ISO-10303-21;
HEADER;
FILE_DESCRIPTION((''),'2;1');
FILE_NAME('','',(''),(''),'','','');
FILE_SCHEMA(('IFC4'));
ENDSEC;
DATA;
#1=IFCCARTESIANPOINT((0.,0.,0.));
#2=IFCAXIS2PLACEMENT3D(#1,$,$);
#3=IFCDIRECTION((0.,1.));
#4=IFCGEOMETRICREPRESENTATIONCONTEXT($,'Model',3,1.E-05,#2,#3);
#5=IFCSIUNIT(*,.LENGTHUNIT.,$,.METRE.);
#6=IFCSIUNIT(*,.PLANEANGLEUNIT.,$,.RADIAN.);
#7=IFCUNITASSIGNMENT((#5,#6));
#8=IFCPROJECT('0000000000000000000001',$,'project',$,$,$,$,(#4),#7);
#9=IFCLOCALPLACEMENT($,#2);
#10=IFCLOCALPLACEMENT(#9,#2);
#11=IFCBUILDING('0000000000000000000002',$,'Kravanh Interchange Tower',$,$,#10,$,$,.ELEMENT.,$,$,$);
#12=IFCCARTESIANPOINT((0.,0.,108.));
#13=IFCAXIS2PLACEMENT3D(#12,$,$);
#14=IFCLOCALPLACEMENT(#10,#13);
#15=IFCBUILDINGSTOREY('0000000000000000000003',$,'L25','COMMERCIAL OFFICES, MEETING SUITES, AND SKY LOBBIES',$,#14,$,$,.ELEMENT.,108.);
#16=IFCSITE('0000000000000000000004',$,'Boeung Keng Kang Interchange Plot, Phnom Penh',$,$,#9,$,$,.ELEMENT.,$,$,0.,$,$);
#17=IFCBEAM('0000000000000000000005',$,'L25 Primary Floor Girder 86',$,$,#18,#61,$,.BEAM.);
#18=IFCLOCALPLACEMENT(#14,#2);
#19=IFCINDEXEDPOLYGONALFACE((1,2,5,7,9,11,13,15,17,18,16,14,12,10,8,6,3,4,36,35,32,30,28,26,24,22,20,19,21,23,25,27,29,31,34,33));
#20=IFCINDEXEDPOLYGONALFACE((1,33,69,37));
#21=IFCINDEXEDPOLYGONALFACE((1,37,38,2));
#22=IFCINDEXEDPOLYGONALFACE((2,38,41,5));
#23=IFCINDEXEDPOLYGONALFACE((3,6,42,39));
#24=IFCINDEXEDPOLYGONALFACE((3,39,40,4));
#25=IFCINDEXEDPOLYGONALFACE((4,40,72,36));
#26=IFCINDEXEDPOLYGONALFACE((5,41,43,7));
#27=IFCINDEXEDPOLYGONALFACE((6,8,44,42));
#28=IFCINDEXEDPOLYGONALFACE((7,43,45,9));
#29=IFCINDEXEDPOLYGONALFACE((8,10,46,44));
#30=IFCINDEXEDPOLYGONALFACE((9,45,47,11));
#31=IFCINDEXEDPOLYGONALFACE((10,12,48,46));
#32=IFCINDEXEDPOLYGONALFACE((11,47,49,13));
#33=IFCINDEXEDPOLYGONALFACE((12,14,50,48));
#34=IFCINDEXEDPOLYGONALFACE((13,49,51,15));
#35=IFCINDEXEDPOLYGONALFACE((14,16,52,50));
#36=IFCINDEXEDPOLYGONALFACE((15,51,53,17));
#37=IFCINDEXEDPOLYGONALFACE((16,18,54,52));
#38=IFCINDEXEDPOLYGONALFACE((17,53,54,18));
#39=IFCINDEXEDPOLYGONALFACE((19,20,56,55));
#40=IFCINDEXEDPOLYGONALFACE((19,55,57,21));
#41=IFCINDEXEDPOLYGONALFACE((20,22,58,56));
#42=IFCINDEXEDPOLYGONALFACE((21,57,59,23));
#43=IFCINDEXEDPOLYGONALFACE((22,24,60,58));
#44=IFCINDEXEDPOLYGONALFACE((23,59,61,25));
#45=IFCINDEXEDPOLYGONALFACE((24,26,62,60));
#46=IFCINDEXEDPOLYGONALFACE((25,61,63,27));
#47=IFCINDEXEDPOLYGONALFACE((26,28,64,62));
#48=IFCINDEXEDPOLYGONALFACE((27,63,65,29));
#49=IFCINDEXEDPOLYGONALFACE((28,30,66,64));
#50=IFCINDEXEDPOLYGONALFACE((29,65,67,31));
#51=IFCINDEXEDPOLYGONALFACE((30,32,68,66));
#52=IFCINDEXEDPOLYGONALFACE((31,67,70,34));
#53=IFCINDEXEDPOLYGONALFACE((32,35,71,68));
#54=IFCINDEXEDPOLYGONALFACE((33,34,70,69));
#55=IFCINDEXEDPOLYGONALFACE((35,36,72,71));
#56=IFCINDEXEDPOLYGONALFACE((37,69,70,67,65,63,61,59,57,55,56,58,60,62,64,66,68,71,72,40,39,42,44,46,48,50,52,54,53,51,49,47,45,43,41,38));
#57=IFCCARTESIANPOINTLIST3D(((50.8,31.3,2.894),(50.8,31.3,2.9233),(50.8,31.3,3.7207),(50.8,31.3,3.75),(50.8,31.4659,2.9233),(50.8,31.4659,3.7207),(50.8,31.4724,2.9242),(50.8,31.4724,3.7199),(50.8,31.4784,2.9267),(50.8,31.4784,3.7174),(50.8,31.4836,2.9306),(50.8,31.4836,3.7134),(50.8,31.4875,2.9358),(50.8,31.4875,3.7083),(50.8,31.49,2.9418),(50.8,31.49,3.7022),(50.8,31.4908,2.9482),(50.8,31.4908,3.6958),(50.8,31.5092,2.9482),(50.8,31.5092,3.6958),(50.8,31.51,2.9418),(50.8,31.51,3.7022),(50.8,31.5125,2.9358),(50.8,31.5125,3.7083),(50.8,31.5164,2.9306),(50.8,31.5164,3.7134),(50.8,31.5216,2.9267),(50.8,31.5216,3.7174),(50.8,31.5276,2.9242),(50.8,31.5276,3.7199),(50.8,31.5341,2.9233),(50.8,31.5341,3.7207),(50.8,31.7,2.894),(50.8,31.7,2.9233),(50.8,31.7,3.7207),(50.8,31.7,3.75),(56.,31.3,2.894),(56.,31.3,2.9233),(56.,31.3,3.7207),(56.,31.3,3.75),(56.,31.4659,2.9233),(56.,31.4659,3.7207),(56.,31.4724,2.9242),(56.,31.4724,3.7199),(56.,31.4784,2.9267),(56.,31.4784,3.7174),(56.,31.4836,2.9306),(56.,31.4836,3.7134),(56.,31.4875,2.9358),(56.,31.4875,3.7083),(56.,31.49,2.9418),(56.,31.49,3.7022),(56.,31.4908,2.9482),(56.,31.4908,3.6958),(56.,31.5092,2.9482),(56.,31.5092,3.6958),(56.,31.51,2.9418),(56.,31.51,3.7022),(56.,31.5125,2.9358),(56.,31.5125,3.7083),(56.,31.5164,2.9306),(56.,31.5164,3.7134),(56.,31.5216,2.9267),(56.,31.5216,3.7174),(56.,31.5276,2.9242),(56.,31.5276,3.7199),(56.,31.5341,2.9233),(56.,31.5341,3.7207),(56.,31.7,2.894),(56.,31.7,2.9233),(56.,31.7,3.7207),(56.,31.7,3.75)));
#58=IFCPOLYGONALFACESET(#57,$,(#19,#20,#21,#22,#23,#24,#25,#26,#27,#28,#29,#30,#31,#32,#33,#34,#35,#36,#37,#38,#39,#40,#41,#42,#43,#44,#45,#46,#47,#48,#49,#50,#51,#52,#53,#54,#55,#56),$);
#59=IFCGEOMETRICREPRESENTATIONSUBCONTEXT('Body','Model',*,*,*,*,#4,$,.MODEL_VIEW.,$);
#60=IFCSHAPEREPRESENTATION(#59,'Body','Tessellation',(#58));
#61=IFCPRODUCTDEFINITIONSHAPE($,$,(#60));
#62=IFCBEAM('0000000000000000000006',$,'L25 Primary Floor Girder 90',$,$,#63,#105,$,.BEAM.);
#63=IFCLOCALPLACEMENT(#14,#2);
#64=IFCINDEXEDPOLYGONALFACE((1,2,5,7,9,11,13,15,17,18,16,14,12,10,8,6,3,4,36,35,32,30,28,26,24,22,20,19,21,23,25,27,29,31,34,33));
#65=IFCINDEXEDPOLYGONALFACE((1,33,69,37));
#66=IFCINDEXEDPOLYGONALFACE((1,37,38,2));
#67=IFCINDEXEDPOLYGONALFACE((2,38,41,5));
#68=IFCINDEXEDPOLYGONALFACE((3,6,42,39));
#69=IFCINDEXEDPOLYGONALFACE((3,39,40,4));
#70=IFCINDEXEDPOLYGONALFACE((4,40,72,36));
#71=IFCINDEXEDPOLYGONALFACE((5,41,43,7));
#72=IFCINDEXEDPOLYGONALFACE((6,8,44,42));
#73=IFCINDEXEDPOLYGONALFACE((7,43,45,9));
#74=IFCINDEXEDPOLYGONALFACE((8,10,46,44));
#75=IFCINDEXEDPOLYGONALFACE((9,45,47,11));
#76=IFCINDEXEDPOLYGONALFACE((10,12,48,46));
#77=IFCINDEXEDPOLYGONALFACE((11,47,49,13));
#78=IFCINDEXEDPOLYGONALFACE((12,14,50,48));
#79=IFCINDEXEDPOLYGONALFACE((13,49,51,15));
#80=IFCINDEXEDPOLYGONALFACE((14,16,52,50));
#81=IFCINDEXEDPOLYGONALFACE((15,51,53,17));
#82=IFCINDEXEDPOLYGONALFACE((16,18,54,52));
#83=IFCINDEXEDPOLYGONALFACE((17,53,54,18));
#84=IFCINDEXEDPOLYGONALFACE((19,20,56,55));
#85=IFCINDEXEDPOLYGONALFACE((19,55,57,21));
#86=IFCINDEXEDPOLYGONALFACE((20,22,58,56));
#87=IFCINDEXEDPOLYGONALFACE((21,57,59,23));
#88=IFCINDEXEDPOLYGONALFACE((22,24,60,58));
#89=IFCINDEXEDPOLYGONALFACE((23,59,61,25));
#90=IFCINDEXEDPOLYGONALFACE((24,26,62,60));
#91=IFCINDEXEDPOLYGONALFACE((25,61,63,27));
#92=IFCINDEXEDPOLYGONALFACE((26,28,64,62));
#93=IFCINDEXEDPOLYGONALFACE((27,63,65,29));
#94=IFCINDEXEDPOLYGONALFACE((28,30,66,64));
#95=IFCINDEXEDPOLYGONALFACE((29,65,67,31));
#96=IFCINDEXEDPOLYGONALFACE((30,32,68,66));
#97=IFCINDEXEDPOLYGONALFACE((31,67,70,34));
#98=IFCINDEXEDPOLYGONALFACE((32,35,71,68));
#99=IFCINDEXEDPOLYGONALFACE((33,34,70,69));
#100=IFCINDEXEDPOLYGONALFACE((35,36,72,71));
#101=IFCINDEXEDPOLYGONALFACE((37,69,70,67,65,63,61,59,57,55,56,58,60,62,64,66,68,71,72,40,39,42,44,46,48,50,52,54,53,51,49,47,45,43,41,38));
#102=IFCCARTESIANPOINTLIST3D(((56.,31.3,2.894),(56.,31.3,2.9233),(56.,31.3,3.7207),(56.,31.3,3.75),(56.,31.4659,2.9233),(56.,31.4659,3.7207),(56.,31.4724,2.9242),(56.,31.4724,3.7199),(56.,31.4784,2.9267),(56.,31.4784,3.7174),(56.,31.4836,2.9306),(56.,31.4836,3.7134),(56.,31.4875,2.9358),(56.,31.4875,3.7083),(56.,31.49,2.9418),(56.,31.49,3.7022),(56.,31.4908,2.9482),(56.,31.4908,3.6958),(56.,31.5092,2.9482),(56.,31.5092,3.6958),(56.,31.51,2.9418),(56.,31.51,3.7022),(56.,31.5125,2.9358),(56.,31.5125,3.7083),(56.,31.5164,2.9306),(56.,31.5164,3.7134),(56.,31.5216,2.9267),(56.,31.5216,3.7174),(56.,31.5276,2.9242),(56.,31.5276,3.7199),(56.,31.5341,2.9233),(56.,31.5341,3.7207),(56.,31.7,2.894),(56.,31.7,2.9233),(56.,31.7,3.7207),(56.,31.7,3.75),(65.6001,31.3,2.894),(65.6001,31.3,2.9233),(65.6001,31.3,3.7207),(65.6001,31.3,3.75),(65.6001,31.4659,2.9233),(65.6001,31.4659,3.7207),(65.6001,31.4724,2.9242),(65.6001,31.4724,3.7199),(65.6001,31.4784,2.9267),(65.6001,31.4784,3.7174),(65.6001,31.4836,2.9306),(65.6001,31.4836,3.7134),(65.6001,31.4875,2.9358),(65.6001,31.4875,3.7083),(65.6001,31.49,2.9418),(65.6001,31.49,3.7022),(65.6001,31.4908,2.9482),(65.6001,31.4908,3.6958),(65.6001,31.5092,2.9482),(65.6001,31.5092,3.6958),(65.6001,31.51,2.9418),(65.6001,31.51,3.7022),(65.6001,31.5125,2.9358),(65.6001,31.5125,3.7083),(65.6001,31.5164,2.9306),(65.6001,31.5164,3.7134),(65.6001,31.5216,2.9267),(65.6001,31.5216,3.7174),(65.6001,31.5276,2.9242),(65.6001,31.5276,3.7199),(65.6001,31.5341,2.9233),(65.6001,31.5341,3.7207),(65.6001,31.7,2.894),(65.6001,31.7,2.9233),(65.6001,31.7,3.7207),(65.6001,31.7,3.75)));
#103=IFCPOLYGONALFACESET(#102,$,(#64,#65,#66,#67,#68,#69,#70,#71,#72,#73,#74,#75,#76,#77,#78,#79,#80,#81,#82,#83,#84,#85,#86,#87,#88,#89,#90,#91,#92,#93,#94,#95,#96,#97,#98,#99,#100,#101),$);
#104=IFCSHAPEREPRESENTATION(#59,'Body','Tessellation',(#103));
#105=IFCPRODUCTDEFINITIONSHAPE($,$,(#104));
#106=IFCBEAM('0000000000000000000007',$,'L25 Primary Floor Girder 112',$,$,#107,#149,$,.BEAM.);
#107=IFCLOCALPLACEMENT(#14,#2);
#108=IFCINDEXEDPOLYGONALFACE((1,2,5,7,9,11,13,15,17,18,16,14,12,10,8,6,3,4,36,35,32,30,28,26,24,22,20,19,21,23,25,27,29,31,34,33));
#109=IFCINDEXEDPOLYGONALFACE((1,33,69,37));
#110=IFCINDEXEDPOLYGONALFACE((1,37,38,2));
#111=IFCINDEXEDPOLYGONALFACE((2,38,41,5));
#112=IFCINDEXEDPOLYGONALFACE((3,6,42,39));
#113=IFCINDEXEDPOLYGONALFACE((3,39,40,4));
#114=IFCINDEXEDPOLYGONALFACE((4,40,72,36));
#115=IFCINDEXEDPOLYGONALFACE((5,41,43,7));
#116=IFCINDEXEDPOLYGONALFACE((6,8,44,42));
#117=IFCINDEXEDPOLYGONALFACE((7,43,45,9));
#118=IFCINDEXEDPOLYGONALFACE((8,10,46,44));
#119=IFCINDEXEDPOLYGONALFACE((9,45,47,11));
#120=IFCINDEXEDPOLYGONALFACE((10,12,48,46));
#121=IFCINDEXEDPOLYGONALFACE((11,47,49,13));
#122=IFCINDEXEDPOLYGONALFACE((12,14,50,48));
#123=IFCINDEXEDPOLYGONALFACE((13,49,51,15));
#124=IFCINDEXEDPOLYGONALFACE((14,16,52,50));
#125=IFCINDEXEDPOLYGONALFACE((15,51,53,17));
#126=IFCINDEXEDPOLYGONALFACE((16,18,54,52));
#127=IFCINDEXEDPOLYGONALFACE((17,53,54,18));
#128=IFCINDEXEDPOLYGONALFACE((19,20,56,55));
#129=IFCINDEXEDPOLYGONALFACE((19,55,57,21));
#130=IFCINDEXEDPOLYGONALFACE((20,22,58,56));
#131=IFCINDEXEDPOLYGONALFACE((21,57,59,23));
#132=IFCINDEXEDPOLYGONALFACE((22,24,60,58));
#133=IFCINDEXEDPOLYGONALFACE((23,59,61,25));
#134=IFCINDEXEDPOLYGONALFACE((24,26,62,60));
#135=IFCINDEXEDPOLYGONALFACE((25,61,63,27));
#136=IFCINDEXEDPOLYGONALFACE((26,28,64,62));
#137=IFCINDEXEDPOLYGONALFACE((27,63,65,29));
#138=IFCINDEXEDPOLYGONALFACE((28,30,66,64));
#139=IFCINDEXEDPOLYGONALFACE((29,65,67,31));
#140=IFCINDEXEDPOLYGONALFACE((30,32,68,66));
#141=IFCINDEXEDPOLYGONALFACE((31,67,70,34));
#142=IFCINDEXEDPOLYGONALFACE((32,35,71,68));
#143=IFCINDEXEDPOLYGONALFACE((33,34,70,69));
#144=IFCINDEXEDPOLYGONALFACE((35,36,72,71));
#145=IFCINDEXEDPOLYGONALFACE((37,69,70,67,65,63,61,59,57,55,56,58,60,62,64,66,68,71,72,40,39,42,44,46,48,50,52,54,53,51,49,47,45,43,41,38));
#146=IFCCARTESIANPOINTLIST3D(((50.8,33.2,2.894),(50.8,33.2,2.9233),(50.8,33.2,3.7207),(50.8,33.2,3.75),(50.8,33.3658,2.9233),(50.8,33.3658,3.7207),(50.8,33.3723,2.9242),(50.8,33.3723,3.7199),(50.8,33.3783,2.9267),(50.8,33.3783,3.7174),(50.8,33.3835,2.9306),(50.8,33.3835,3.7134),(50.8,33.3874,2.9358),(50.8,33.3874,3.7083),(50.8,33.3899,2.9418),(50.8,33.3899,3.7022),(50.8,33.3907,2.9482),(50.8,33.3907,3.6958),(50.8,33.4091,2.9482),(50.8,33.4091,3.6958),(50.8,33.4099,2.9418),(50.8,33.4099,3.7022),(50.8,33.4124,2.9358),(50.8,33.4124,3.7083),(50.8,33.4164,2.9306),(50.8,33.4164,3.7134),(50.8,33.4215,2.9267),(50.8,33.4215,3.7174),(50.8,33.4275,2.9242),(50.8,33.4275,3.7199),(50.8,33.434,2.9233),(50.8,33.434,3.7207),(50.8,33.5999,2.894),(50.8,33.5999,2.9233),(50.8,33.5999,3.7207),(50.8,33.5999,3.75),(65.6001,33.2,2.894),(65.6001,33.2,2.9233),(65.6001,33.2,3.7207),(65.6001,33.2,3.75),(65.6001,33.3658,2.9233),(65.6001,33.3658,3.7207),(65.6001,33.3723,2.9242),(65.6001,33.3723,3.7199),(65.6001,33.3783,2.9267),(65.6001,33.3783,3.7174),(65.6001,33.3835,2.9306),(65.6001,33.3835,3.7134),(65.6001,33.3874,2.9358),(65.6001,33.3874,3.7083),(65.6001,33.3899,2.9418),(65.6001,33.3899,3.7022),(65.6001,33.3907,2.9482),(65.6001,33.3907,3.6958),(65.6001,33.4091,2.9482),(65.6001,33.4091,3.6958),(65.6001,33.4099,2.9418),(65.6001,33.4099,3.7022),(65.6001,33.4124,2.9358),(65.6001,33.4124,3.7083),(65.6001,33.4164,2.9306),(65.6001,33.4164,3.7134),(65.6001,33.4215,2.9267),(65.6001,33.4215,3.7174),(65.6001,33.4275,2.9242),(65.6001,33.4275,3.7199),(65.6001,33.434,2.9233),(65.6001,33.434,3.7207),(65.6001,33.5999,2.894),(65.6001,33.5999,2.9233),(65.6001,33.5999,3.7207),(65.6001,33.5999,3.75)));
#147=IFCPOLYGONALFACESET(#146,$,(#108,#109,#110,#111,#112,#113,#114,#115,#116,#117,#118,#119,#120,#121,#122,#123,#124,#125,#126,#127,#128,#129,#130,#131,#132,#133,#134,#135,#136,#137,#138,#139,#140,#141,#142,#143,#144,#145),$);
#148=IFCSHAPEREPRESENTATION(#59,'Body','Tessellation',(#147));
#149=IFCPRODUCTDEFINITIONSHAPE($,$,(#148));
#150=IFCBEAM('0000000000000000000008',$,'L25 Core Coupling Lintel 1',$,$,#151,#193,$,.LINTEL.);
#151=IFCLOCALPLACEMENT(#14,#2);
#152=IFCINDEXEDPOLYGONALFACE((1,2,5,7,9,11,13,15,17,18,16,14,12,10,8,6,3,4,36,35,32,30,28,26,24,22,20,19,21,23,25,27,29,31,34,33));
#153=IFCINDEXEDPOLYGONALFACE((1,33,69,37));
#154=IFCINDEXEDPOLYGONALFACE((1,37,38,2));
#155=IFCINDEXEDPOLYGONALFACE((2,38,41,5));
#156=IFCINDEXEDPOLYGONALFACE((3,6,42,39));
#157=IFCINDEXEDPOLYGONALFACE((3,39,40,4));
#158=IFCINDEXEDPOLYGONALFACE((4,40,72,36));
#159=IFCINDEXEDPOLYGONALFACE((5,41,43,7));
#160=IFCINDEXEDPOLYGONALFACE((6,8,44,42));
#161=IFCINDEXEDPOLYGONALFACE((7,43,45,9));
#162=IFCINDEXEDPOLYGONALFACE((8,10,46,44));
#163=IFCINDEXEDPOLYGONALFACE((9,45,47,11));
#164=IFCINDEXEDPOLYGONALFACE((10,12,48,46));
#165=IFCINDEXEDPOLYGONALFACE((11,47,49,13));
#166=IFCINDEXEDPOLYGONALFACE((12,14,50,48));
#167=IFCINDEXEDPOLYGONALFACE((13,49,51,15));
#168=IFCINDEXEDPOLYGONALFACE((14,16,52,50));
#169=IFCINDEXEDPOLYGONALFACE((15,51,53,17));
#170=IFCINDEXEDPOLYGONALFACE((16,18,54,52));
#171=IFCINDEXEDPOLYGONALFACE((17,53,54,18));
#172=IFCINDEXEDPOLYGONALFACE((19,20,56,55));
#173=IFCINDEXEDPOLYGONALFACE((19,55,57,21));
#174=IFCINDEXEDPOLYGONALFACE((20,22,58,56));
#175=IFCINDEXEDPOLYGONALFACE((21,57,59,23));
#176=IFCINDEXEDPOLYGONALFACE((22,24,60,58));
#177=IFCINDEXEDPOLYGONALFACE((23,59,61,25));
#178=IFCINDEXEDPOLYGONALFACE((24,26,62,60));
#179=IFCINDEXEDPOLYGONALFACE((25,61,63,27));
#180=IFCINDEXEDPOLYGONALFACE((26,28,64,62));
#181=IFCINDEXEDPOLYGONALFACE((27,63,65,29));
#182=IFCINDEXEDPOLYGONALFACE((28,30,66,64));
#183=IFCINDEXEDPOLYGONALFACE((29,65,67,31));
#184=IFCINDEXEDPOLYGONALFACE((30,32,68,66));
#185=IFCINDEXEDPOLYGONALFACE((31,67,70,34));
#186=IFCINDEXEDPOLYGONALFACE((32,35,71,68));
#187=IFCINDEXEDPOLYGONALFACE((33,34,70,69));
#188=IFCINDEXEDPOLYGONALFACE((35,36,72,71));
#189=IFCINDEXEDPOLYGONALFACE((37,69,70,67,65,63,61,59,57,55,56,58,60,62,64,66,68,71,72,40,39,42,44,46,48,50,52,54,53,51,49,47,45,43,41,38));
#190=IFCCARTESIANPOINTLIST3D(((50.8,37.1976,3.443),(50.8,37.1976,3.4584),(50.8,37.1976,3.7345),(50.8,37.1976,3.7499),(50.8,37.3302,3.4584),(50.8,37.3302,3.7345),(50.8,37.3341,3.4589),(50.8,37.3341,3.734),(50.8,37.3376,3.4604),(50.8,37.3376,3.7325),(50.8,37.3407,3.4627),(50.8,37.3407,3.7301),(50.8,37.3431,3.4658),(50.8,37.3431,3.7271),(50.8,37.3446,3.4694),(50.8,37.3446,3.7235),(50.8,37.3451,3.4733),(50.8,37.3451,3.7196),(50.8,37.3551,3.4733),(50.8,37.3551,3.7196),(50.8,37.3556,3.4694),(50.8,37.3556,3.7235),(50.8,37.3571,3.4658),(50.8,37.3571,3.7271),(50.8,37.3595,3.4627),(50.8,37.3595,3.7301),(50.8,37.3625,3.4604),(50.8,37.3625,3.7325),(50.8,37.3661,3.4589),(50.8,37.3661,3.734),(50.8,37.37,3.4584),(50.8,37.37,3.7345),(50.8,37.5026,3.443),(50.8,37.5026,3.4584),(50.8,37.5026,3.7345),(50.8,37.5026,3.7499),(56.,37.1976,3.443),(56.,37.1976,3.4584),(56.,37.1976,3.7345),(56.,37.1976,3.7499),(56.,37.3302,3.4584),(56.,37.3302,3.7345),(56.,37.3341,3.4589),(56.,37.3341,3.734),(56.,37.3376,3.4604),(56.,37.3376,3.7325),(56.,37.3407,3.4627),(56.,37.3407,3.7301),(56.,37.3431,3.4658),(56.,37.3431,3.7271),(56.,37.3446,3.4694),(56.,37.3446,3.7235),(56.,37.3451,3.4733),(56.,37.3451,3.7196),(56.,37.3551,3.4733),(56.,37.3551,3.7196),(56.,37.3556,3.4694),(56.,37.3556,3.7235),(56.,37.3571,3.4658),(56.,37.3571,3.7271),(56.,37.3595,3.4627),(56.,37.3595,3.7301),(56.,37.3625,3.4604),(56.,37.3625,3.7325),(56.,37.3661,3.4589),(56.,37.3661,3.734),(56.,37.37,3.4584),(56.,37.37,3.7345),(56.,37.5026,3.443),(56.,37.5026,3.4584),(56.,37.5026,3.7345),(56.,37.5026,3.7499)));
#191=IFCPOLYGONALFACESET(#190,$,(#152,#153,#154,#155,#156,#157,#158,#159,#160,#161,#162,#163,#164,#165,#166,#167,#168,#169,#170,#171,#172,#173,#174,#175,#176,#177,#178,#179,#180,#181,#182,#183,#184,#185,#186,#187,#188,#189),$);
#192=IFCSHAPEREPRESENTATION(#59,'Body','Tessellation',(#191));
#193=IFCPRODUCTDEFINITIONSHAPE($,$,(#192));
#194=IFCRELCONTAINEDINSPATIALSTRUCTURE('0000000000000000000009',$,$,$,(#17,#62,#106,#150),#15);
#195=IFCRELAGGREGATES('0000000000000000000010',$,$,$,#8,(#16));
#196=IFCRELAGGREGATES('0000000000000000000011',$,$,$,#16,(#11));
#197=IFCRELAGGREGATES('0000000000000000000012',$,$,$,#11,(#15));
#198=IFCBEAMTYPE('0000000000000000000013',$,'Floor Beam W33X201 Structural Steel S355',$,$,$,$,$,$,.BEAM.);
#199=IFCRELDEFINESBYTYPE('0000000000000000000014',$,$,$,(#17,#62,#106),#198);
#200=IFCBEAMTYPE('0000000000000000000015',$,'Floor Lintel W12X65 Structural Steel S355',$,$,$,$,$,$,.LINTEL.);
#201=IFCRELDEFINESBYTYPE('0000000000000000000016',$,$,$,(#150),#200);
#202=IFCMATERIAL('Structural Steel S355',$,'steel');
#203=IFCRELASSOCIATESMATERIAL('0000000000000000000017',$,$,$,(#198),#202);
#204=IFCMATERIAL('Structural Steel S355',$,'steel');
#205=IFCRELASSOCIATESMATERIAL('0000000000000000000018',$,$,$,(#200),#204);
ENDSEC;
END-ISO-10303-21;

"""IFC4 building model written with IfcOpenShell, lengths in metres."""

from ifc_helpers import new_model, si_unit, direction, frame, origin, origin_2d, place, context, subcontext, project, spatial, i_section, extrude, material, material_profile, profile_set, type_object, element, save


model = new_model("IFC4")

# Units and contexts
model_context = context("Model", 3, precision=1e-05, world=origin(), true_north=direction((0.0, 1.0)))
body_context = subcontext(model_context, "Body", "Model", "MODEL_VIEW")
ifc_project = project(units=[si_unit("LENGTHUNIT", "METRE"), si_unit("PLANEANGLEUNIT", "RADIAN")], contexts=[model_context])

# Site, building, storey
site_placement = place(None, origin())
site = spatial("IfcSite", under=ifc_project, at=site_placement, Name="Boeung Keng Kang Interchange Plot, Phnom Penh", CompositionType="ELEMENT", RefElevation=0.0)
building_placement = place(site_placement, origin())
building = spatial("IfcBuilding", under=site, at=building_placement, Name="Kravanh Interchange Tower", CompositionType="ELEMENT")
storey_placement = place(building_placement, frame((0.0, 0.0, 108.0)))
storey = spatial("IfcBuildingStorey", under=building, at=storey_placement, Name="L25", Description="COMMERCIAL OFFICES, MEETING SUITES, AND SKY LOBBIES", CompositionType="ELEMENT", Elevation=108.0)

# Beams
ifc_material_1 = material(Name="Structural Steel S355", Category="steel")
ifc_material_profile_1 = material_profile(ifc_material_1, i_section(OverallWidth=0.3999, OverallDepth=0.856, WebThickness=0.0183, FlangeThickness=0.0293, FilletRadius=0.0249, at=origin_2d()), Name="W33X201")
ifc_profile_set_1 = profile_set([ifc_material_profile_1], Name="Structural Steel S355")
beam_type_1 = type_object("IfcBeamType", Name="Floor Beam W33X201 Structural Steel S355", PredefinedType="BEAM", material=ifc_profile_set_1)
beam_1_placement = place(storey_placement, frame((50.8, 31.5, 3.322), z_axis=(1.0, 0.0, 0.0), x_axis=(0.0, 1.0, 0.0)))
element("IfcBeam", 1, at=beam_1_placement, inside=storey, type_object=beam_type_1, Name="L25 Primary Floor Girder 86", PredefinedType="BEAM", context=body_context, shape_type="SweptSolid", body=[
    extrude(i_section(OverallWidth=0.3999, OverallDepth=0.856, WebThickness=0.0183, FlangeThickness=0.0293, FilletRadius=0.0249, at=origin_2d()), origin(), (0.0, 0.0, 1.0), 5.2),
])
beam_2_placement = place(storey_placement, frame((56.0, 31.5, 3.322), z_axis=(1.0, 0.0, 0.0), x_axis=(0.0, 1.0, 0.0)))
element("IfcBeam", 2, at=beam_2_placement, inside=storey, type_object=beam_type_1, Name="L25 Primary Floor Girder 90", PredefinedType="BEAM", context=body_context, shape_type="SweptSolid", body=[
    extrude(i_section(OverallWidth=0.3999, OverallDepth=0.856, WebThickness=0.0183, FlangeThickness=0.0293, FilletRadius=0.0249, at=origin_2d()), origin(), (0.0, 0.0, 1.0), 9.6001),
])
beam_3_placement = place(storey_placement, frame((50.8, 33.3999, 3.322), z_axis=(1.0, 0.0, 0.0), x_axis=(0.0, 1.0, 0.0)))
element("IfcBeam", 3, at=beam_3_placement, inside=storey, type_object=beam_type_1, Name="L25 Primary Floor Girder 112", PredefinedType="BEAM", context=body_context, shape_type="SweptSolid", body=[
    extrude(i_section(OverallWidth=0.3999, OverallDepth=0.856, WebThickness=0.0183, FlangeThickness=0.0293, FilletRadius=0.0249, at=origin_2d()), origin(), (0.0, 0.0, 1.0), 14.8),
])
ifc_material_2 = material(Name="Structural Steel S355", Category="steel")
ifc_material_profile_2 = material_profile(ifc_material_2, i_section(OverallWidth=0.3049, OverallDepth=0.3069, WebThickness=0.01, FlangeThickness=0.0154, FilletRadius=0.0149, at=origin_2d()), Name="W12X65")
ifc_profile_set_2 = profile_set([ifc_material_profile_2], Name="Structural Steel S355")
beam_type_2 = type_object("IfcBeamType", Name="Floor Lintel W12X65 Structural Steel S355", PredefinedType="LINTEL", material=ifc_profile_set_2)
beam_4_placement = place(storey_placement, frame((50.8, 37.3501, 3.5964), z_axis=(1.0, 0.0, 0.0), x_axis=(0.0, 1.0, 0.0)))
element("IfcBeam", 4, at=beam_4_placement, inside=storey, type_object=beam_type_2, Name="L25 Core Coupling Lintel 1", PredefinedType="LINTEL", context=body_context, shape_type="SweptSolid", body=[
    extrude(i_section(OverallWidth=0.3049, OverallDepth=0.3069, WebThickness=0.01, FlangeThickness=0.0154, FilletRadius=0.0149, at=origin_2d()), origin(), (0.0, 0.0, 1.0), 5.2),
])

save(model, "model.ifc")
